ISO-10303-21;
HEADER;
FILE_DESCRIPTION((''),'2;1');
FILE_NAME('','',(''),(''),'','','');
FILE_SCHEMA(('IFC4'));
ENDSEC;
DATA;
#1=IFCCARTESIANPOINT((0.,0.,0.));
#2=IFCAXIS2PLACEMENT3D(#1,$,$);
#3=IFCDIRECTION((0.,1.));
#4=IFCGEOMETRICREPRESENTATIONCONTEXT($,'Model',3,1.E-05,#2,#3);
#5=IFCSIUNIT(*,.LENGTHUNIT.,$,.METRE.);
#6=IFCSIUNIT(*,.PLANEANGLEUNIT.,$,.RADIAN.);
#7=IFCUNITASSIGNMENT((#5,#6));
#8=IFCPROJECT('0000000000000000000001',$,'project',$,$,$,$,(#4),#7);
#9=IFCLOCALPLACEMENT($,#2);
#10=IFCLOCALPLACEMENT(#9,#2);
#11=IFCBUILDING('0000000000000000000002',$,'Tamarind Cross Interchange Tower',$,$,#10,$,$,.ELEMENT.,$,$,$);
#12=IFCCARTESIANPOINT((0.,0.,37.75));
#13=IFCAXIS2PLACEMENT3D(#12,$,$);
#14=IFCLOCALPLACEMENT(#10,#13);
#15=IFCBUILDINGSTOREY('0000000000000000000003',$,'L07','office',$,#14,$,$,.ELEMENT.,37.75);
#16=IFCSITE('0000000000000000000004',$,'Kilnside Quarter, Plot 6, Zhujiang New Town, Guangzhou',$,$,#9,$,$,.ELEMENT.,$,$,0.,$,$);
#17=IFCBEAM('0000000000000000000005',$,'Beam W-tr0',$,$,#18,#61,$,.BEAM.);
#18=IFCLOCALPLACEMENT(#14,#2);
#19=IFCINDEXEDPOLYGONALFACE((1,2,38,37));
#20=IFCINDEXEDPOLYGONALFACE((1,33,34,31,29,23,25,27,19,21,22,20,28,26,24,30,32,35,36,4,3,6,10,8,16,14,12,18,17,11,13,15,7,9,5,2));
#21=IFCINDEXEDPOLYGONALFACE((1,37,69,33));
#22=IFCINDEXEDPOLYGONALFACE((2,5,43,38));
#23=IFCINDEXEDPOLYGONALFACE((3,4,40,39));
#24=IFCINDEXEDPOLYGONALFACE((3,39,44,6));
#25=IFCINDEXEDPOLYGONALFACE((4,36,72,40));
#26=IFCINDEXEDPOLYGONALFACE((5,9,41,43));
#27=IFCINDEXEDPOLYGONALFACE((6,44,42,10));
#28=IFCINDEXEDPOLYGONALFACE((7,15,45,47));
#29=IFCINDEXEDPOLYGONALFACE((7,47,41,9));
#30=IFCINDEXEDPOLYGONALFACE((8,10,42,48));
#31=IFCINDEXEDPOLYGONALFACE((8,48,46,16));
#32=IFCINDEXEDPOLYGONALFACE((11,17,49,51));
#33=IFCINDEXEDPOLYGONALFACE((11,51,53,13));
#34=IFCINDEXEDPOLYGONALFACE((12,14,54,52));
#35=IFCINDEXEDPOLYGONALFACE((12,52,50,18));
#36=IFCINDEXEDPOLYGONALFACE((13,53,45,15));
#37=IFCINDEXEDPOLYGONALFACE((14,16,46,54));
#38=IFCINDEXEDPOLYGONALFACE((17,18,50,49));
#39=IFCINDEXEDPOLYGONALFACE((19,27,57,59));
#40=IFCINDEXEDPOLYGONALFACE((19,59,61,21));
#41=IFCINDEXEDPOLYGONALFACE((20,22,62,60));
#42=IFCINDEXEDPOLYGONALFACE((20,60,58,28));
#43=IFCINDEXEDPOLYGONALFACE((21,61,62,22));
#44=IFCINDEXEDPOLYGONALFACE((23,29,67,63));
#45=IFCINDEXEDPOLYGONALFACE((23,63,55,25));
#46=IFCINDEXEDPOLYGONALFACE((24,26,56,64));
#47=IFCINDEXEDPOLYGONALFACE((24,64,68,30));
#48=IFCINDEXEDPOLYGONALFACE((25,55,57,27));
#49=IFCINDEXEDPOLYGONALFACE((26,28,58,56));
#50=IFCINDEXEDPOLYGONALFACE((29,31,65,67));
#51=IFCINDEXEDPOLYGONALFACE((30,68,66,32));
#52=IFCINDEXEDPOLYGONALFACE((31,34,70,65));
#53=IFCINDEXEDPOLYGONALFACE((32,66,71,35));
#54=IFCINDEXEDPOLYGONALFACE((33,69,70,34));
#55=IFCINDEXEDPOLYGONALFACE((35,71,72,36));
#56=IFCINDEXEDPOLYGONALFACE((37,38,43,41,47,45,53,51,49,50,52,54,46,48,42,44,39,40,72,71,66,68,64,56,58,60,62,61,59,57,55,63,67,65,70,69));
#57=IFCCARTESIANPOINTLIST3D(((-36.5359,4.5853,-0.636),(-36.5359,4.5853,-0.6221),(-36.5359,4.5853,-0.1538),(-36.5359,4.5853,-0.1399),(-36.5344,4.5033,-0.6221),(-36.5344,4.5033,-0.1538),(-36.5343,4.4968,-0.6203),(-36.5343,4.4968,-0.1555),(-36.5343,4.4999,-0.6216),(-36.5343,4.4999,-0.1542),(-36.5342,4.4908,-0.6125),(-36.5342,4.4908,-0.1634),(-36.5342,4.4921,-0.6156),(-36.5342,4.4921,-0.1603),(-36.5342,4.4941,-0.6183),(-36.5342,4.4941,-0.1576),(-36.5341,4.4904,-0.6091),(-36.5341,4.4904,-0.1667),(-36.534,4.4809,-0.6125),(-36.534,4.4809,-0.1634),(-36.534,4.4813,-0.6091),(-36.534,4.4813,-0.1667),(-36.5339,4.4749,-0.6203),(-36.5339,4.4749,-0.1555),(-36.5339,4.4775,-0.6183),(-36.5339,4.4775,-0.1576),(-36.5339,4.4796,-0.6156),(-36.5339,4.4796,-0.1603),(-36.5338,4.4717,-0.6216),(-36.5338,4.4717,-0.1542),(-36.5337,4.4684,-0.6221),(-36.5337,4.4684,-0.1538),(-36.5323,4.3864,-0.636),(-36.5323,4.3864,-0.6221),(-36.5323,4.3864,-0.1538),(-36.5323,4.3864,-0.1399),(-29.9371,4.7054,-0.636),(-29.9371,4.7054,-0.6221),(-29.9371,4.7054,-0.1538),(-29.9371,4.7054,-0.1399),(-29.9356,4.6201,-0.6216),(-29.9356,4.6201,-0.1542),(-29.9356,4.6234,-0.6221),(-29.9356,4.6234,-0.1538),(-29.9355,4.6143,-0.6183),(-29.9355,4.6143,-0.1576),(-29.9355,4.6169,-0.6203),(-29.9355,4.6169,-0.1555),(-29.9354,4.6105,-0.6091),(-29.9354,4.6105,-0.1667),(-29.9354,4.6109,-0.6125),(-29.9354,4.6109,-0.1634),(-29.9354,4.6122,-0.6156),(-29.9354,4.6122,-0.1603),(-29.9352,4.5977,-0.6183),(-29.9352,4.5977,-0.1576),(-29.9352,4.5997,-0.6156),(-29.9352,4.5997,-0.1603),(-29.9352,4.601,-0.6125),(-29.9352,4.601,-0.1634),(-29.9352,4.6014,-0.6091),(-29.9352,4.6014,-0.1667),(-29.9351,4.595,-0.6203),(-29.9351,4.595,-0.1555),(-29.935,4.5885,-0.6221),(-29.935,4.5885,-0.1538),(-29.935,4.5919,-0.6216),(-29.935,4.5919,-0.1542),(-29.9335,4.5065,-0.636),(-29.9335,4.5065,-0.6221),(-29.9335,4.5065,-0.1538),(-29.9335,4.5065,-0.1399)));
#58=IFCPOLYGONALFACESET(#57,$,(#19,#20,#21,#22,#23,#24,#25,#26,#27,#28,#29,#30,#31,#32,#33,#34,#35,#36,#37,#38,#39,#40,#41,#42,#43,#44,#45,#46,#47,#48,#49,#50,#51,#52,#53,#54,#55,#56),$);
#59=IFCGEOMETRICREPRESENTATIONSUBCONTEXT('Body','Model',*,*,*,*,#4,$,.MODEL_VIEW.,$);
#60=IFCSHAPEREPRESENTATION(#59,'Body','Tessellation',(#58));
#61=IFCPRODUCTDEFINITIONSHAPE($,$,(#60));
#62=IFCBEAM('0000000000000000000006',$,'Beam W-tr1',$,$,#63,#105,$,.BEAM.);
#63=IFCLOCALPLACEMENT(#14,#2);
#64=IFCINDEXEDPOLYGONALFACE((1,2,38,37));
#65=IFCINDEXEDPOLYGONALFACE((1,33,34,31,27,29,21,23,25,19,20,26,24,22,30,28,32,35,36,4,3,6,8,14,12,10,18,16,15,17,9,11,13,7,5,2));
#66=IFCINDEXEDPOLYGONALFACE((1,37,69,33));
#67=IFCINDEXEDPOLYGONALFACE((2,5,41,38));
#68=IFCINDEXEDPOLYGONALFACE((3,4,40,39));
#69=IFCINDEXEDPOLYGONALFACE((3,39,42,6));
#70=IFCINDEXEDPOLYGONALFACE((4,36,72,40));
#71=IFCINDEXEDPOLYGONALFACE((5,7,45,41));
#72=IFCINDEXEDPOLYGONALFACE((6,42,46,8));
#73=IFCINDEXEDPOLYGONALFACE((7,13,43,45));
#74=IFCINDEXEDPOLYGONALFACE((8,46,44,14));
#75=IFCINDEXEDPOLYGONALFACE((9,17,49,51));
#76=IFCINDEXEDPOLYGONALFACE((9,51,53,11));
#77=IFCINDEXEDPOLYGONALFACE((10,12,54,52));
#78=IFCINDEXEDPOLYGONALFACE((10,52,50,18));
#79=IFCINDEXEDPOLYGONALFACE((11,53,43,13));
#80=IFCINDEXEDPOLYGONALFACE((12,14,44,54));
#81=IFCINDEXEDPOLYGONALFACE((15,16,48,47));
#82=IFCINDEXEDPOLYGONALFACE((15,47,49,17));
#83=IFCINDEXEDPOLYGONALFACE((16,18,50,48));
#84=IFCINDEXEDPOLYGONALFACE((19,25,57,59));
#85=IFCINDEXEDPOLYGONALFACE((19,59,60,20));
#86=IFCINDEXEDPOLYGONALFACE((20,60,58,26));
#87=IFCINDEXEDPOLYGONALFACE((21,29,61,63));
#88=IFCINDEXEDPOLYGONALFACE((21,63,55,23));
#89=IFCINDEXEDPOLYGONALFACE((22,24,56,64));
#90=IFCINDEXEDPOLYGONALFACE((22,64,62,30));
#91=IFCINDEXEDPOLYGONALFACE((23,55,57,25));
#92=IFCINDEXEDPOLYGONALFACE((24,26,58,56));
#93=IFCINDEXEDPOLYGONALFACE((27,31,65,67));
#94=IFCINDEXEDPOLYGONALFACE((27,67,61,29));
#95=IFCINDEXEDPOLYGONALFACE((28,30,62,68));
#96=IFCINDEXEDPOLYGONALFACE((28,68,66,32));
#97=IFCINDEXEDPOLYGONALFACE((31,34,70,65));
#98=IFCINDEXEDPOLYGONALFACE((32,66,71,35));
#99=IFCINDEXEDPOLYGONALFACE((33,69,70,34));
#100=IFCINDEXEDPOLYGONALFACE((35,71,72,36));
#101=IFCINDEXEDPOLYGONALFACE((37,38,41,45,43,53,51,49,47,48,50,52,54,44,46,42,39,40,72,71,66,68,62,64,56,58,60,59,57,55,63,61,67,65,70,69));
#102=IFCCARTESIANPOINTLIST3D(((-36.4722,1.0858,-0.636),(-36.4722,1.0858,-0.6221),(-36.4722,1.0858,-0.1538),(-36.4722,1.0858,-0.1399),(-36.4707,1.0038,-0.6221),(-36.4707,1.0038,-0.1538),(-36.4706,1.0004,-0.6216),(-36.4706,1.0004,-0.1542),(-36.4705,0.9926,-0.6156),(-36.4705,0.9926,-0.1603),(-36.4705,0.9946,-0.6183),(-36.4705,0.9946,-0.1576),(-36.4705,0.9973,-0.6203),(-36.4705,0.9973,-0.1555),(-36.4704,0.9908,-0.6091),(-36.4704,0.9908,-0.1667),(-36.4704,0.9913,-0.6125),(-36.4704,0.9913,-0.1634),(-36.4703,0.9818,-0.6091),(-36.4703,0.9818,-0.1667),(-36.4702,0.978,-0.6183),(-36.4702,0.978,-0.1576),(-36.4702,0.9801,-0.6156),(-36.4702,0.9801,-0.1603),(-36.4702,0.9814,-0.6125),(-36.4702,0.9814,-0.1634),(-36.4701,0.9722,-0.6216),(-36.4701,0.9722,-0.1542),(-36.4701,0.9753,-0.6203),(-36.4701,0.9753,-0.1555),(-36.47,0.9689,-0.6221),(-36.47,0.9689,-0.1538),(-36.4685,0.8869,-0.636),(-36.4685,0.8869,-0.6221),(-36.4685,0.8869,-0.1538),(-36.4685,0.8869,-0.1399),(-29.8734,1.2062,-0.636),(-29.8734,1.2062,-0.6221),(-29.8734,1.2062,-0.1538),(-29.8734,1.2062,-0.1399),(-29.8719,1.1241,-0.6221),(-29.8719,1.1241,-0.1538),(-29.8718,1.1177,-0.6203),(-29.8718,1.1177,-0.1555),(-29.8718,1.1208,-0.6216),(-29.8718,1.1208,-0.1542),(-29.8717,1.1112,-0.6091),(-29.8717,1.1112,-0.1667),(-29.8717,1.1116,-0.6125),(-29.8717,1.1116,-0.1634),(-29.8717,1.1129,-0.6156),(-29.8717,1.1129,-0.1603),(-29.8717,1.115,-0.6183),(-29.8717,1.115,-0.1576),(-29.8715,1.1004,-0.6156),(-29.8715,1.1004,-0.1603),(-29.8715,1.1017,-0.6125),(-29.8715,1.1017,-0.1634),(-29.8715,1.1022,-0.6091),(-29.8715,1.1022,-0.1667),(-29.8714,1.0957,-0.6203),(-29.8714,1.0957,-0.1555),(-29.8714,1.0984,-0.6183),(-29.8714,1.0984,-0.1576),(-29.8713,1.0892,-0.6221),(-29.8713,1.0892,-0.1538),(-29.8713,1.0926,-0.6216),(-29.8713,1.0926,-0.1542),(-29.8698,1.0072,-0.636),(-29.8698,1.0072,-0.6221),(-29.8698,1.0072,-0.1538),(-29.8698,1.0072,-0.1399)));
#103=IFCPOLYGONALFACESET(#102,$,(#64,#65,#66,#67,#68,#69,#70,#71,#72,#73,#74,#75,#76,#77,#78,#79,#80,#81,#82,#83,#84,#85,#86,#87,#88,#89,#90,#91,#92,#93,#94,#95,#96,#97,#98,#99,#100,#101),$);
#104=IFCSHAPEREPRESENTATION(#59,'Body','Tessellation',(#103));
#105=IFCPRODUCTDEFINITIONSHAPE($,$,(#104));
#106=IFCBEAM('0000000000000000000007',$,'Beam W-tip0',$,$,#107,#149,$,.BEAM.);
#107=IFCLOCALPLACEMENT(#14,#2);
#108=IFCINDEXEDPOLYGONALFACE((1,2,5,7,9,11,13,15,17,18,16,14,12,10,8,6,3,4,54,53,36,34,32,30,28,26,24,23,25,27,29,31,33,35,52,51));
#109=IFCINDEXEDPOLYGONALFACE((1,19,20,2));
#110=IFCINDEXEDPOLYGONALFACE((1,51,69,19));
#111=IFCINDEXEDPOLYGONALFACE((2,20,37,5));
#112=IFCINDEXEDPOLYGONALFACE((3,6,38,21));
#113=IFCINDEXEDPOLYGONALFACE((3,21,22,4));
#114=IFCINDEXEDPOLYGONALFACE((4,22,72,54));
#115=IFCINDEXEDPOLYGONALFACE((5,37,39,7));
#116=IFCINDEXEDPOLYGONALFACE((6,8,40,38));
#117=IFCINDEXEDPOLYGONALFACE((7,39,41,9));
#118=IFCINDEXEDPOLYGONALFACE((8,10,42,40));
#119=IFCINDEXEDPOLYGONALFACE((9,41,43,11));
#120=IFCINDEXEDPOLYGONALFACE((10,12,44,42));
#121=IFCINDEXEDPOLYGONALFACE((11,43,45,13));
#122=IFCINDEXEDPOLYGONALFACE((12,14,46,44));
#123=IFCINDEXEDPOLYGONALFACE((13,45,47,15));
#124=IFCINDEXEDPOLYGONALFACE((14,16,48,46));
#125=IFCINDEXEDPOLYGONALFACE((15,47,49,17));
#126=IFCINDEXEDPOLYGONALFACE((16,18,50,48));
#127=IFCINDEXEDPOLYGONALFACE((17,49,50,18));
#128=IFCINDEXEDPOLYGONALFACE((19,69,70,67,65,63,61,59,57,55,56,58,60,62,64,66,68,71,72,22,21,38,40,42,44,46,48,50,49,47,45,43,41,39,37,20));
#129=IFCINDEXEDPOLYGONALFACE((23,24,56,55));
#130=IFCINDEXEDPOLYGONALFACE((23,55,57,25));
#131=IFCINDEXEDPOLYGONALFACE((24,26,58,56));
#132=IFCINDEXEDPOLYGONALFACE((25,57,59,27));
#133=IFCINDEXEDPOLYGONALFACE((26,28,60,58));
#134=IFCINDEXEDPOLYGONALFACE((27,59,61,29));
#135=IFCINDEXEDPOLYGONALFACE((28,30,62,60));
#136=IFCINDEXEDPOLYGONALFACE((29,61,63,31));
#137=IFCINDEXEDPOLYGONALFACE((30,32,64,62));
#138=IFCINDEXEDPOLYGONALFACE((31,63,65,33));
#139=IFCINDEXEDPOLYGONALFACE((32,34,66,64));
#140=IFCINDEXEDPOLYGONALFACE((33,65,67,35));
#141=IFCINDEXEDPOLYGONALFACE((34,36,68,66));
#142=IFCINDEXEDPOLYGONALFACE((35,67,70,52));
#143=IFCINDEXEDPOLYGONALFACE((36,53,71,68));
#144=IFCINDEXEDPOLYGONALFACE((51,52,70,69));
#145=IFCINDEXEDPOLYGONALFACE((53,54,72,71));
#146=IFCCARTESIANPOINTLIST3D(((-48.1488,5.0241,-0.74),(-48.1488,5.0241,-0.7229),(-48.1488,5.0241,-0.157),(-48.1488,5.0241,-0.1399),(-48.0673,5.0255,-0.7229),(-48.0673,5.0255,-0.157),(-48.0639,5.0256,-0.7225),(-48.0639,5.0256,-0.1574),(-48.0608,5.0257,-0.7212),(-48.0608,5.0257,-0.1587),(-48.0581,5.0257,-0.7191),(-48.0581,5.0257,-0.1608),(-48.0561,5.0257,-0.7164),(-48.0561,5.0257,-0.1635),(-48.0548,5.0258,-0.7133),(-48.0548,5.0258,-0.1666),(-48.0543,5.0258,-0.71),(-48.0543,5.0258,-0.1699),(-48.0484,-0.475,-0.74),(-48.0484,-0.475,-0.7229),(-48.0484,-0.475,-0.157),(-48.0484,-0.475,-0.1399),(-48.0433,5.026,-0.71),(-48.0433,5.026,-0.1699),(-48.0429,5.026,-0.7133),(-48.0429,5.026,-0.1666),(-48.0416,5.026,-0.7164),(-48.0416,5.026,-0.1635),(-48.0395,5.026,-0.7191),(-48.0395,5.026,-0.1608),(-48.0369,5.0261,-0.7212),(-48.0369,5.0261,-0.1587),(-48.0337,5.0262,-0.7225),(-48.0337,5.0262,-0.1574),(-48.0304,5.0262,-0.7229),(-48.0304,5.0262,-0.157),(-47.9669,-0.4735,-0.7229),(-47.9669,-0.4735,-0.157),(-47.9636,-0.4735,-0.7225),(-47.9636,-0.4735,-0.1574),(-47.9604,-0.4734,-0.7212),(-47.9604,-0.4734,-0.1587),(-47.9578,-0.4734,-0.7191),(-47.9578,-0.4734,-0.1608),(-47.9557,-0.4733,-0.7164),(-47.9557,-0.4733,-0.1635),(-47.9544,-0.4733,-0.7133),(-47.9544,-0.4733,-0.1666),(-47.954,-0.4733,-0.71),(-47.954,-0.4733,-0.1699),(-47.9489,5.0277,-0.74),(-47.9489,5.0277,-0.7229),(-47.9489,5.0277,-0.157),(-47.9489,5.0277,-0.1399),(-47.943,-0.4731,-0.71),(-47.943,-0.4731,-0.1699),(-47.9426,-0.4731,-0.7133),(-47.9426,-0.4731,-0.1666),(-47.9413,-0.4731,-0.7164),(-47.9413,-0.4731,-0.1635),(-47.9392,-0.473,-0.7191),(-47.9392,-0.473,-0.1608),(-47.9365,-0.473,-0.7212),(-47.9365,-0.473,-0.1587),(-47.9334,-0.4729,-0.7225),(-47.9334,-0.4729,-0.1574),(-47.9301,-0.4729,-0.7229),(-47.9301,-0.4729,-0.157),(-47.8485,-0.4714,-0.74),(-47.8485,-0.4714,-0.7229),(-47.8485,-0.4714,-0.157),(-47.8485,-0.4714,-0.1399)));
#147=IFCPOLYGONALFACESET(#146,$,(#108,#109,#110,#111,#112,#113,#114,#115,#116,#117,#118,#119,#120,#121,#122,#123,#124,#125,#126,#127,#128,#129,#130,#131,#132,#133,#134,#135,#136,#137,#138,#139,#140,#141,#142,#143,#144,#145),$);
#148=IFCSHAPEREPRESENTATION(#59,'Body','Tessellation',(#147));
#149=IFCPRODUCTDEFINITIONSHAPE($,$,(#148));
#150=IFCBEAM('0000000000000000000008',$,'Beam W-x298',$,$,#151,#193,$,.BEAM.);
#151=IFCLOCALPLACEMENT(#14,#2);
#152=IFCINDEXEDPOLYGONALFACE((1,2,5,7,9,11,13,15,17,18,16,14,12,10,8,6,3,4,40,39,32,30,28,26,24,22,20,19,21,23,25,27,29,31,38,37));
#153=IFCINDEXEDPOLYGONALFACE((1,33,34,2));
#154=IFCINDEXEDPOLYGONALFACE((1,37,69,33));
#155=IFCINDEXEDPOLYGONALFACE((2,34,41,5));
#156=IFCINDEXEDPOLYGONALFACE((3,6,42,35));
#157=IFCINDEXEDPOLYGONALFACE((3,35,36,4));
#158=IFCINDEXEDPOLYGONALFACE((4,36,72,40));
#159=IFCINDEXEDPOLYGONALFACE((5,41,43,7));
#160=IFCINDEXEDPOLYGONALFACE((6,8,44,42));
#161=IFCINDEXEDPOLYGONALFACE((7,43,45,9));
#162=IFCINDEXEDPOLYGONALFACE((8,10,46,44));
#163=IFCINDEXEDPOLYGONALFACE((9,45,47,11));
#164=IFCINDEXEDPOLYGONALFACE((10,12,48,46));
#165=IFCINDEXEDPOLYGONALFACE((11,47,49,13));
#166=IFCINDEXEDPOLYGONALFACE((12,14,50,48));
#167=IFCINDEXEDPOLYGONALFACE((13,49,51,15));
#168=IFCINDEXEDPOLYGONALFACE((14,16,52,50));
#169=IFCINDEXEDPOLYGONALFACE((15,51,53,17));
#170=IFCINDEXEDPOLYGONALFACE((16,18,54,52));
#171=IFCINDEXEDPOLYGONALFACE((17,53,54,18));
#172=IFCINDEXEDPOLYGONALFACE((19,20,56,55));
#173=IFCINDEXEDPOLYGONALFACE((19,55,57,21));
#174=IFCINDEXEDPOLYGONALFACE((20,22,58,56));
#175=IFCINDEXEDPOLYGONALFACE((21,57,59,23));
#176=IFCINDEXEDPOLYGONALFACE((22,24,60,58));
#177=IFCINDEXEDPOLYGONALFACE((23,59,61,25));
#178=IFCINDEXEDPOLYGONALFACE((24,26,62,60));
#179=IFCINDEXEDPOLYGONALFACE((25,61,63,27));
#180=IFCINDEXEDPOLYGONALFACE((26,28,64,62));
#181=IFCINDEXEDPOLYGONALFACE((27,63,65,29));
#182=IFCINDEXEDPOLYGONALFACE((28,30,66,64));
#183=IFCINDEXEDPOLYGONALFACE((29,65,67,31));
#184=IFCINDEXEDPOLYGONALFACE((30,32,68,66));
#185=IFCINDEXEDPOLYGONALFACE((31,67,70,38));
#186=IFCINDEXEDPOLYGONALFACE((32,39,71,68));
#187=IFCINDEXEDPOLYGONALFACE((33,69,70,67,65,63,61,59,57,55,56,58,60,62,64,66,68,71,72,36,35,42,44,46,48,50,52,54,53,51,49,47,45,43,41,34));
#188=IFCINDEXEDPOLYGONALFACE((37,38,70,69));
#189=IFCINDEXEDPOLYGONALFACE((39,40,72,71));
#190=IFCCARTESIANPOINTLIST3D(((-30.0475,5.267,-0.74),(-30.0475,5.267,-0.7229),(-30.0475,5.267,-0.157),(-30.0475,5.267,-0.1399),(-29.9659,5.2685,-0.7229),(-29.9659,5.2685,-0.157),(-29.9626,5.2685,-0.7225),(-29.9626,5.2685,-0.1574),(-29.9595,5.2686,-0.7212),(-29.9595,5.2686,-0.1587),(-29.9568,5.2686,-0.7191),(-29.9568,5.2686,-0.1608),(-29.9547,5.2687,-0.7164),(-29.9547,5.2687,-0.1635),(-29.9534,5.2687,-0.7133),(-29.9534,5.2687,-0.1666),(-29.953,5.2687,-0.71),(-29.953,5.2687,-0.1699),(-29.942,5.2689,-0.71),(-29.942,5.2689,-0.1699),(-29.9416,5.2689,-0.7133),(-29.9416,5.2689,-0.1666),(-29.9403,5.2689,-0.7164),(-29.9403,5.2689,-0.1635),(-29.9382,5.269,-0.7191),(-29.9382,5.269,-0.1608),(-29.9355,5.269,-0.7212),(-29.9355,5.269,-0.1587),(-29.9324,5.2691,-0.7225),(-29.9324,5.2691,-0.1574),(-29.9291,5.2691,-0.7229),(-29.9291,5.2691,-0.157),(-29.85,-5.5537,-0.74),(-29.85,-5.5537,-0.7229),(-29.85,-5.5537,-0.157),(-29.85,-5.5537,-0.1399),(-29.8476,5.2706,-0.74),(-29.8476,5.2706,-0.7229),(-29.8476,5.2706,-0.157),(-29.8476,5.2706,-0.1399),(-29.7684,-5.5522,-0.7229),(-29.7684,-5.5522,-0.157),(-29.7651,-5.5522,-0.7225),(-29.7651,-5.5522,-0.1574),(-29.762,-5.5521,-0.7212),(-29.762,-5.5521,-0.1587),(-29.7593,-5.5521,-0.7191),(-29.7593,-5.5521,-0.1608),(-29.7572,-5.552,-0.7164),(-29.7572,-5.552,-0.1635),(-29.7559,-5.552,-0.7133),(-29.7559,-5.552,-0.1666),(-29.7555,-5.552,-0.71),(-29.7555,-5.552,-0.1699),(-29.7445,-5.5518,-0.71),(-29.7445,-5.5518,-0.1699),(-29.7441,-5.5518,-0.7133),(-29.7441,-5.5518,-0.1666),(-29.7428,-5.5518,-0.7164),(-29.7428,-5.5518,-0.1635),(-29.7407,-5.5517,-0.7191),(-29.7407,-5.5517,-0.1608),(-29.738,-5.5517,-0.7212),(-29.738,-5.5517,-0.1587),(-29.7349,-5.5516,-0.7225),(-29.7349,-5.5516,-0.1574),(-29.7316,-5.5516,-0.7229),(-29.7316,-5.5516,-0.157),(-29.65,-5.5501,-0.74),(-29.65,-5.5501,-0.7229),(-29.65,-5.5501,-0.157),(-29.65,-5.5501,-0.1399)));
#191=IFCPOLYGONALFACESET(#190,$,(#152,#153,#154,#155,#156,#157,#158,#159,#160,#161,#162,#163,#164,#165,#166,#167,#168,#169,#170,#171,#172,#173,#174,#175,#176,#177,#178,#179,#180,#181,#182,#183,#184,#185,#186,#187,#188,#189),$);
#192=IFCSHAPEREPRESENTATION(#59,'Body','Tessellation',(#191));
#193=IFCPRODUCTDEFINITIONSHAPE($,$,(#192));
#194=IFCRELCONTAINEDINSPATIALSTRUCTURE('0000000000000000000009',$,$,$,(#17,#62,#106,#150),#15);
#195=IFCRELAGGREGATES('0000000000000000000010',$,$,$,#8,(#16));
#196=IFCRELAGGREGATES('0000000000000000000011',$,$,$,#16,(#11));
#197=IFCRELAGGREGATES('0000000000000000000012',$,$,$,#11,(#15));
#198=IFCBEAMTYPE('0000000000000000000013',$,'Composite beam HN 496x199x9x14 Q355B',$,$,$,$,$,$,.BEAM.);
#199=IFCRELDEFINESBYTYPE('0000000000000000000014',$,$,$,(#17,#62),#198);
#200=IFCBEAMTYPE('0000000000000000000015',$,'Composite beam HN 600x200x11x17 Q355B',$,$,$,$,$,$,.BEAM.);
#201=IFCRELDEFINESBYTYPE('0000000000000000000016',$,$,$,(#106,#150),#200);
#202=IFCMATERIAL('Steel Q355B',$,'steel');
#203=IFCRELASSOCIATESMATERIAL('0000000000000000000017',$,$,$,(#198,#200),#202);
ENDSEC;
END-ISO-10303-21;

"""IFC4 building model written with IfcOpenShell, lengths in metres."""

from ifc_helpers import new_model, si_unit, direction, frame, origin, origin_2d, place, context, subcontext, project, spatial, i_section, extrude, material, material_profile, profile_set, type_object, element, save


model = new_model("IFC4")

# Units and contexts
model_context = context("Model", 3, precision=1e-05, world=origin(), true_north=direction((0.0, 1.0)))
body_context = subcontext(model_context, "Body", "Model", "MODEL_VIEW")
ifc_project = project(units=[si_unit("LENGTHUNIT", "METRE"), si_unit("PLANEANGLEUNIT", "RADIAN")], contexts=[model_context])

# Site, building, storey
site_placement = place(None, origin())
site = spatial("IfcSite", under=ifc_project, at=site_placement, Name="Kilnside Quarter, Plot 6, Zhujiang New Town, Guangzhou", CompositionType="ELEMENT", RefElevation=0.0)
building_placement = place(site_placement, origin())
building = spatial("IfcBuilding", under=site, at=building_placement, Name="Tamarind Cross Interchange Tower", CompositionType="ELEMENT")
storey_placement = place(building_placement, frame((0.0, 0.0, 37.75)))
storey = spatial("IfcBuildingStorey", under=building, at=storey_placement, Name="L07", Description="office", CompositionType="ELEMENT", Elevation=37.75)

# Beams
ifc_material_1 = material(Name="Steel Q355B", Category="steel")
ifc_material_profile_1 = material_profile(ifc_material_1, i_section(OverallWidth=0.199, OverallDepth=0.4961, WebThickness=0.009, FlangeThickness=0.0139, FilletRadius=0.0129, at=origin_2d()), Name="HN 496x199x9x14")
ifc_profile_set_1 = profile_set([ifc_material_profile_1], Name="Steel Q355B")
beam_type_1 = type_object("IfcBeamType", Name="Composite beam HN 496x199x9x14 Q355B", PredefinedType="BEAM", material=ifc_profile_set_1)
for number, where, z_axis, x_axis, name in (
    (1, (-29.9353, 4.606, -0.3879), (-0.999834, -0.0182, 0.0), (0.0182, -0.999834, 0.0), "Beam W-tr0"),
    (2, (-29.8716, 1.1067, -0.3879), (-0.999834, -0.018237, 0.0), (0.018237, -0.999834, 0.0), "Beam W-tr1"),
):
    element("IfcBeam", number, at=place(storey_placement, frame(where, z_axis=z_axis, x_axis=x_axis)), inside=storey, type_object=beam_type_1, Name=name, PredefinedType="BEAM", context=body_context, shape_type="SweptSolid", body=[
        extrude(i_section(OverallWidth=0.199, OverallDepth=0.4961, WebThickness=0.009, FlangeThickness=0.0139, FilletRadius=0.0129, at=origin_2d()), origin(), (0.0, 0.0, 1.0), 6.5999),
    ])
ifc_material_profile_2 = material_profile(ifc_material_1, i_section(OverallWidth=0.2, OverallDepth=0.6001, WebThickness=0.011, FlangeThickness=0.0171, FilletRadius=0.0129, at=origin_2d()), Name="HN 600x200x11x17")
ifc_profile_set_2 = profile_set([ifc_material_profile_2], Name="Steel Q355B")
beam_type_2 = type_object("IfcBeamType", Name="Composite beam HN 600x200x11x17 Q355B", PredefinedType="BEAM", material=ifc_profile_set_2)
beam_1_placement = place(storey_placement, frame((-48.0488, 5.0259, -0.4399), z_axis=(0.018244, -0.999834, 0.0), x_axis=(0.999834, 0.018244, 0.0)))
element("IfcBeam", 3, at=beam_1_placement, inside=storey, type_object=beam_type_2, Name="Beam W-tip0", PredefinedType="BEAM", context=body_context, shape_type="SweptSolid", body=[
    extrude(i_section(OverallWidth=0.2, OverallDepth=0.6001, WebThickness=0.011, FlangeThickness=0.0171, FilletRadius=0.0129, at=origin_2d()), origin(), (0.0, 0.0, 1.0), 5.5),
])
beam_2_placement = place(storey_placement, frame((-29.9475, 5.2688, -0.4399), z_axis=(0.01825, -0.999833, 0.0), x_axis=(0.999833, 0.01825, 0.0)))
element("IfcBeam", 4, at=beam_2_placement, inside=storey, type_object=beam_type_2, Name="Beam W-x298", PredefinedType="BEAM", context=body_context, shape_type="SweptSolid", body=[
    extrude(i_section(OverallWidth=0.2, OverallDepth=0.6001, WebThickness=0.011, FlangeThickness=0.0171, FilletRadius=0.0129, at=origin_2d()), origin(), (0.0, 0.0, 1.0), 10.8225),
])

save(model, "model.ifc")
